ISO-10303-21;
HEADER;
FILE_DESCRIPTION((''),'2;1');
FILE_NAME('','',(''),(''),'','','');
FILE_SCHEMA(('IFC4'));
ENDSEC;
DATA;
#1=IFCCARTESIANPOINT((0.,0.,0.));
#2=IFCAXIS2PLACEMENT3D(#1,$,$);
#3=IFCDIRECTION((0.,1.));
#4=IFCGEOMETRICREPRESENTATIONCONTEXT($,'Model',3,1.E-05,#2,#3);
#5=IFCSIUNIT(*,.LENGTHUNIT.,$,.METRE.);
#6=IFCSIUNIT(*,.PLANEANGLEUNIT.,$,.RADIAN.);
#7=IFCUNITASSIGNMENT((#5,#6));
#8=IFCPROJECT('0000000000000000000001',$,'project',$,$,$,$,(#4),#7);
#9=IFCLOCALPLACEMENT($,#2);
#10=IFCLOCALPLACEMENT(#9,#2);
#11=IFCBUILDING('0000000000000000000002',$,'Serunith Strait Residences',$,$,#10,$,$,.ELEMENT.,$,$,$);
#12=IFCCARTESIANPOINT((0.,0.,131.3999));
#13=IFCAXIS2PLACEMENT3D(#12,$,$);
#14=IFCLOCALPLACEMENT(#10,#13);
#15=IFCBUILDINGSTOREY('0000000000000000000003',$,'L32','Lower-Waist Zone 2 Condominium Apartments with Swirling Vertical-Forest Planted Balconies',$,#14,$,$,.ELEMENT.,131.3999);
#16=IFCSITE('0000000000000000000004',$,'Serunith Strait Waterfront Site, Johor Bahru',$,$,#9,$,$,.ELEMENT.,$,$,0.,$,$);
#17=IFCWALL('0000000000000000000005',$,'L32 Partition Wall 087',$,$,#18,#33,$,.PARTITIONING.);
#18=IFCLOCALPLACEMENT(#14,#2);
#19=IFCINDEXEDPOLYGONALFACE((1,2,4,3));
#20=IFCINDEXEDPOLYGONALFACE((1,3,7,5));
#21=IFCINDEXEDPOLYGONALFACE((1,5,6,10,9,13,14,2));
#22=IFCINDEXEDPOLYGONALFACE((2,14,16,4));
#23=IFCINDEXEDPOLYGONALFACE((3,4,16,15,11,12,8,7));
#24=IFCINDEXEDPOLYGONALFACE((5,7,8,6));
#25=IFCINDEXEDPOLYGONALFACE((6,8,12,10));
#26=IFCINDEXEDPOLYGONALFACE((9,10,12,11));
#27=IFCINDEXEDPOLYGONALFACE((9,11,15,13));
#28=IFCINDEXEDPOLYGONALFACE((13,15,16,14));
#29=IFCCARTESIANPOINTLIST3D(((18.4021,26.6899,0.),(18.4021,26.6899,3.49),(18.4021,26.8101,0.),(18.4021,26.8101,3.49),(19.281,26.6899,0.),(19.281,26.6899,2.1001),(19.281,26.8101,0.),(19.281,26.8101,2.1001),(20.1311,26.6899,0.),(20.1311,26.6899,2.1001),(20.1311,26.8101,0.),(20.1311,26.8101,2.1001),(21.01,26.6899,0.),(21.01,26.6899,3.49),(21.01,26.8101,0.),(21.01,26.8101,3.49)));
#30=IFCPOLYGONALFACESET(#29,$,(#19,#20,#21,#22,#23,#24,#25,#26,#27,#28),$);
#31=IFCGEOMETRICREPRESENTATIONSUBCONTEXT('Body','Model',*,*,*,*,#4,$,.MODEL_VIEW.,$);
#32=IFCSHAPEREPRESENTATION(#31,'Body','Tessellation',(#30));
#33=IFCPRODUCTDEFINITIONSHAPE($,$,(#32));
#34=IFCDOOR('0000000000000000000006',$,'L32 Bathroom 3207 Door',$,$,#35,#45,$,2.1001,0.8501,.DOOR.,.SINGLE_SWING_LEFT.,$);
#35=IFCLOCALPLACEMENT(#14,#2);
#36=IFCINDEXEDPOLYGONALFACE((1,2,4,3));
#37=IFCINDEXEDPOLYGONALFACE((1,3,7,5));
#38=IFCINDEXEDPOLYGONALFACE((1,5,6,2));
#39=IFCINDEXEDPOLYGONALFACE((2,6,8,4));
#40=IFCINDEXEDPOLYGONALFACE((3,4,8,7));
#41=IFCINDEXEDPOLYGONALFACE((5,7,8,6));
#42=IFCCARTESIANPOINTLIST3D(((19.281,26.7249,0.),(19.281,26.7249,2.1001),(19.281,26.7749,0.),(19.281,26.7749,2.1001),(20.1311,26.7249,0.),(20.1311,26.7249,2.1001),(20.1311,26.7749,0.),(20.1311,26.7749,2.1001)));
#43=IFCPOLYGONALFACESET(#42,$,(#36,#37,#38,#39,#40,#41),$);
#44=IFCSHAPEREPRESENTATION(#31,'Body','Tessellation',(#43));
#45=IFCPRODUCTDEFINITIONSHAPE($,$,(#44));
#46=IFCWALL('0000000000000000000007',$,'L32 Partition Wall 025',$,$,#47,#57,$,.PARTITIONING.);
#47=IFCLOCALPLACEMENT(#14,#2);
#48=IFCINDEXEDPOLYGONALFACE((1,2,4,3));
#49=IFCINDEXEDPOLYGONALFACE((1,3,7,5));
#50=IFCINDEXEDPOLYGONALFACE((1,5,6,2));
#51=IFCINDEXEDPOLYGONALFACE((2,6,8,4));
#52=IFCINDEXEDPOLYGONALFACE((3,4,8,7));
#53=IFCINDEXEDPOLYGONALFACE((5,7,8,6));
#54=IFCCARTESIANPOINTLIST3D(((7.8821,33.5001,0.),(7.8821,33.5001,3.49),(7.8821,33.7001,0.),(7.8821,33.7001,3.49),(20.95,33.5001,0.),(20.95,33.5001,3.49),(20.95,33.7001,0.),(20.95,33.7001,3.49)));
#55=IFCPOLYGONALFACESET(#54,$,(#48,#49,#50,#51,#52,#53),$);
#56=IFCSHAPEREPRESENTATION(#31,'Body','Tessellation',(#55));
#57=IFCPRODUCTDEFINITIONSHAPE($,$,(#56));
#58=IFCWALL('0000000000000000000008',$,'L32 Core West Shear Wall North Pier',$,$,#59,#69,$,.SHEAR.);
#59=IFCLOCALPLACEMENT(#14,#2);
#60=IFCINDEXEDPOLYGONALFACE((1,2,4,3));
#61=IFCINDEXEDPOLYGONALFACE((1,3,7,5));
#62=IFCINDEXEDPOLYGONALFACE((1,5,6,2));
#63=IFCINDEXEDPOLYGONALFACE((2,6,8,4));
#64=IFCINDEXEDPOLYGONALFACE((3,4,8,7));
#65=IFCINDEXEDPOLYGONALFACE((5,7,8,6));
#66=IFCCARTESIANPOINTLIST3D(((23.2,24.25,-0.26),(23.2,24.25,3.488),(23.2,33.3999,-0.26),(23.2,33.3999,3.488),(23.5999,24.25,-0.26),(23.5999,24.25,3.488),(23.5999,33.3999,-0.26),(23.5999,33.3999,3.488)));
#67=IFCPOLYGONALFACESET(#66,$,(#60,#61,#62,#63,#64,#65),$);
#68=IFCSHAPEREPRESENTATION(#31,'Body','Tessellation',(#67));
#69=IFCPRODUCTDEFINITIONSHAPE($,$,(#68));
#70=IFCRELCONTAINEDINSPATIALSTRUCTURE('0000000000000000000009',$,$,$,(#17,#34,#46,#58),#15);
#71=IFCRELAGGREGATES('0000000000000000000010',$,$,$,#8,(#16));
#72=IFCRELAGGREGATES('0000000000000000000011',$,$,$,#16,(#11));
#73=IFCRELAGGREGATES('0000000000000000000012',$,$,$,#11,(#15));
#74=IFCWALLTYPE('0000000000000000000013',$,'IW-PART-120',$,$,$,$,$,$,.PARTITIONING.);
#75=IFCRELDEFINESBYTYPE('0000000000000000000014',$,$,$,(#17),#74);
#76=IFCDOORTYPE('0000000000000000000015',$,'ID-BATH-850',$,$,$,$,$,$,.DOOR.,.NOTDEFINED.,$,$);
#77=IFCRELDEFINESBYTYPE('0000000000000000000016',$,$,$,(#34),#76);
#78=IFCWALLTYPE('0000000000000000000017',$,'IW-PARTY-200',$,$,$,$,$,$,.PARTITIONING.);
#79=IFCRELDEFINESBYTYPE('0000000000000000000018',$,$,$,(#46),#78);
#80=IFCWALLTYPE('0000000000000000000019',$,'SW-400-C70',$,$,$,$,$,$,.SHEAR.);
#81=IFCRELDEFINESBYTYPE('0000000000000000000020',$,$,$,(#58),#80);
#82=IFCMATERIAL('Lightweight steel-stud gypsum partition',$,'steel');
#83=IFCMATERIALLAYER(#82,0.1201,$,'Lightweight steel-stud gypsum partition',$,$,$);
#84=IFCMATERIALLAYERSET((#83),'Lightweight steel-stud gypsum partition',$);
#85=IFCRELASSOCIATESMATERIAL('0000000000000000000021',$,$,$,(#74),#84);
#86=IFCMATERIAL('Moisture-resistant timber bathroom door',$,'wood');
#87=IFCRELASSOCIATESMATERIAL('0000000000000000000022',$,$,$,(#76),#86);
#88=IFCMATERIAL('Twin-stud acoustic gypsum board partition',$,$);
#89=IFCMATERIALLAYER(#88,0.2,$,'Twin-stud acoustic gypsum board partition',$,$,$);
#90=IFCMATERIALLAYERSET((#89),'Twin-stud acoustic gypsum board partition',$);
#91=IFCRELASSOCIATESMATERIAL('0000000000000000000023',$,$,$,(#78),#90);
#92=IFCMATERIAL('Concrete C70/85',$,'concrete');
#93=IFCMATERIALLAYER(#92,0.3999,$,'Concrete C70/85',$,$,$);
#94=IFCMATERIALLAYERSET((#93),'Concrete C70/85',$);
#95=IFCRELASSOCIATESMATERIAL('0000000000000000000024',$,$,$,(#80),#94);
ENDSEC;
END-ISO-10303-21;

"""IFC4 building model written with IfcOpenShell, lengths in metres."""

from ifc_helpers import new_model, si_unit, direction, frame, frame_2d, origin, place, context, subcontext, project, spatial, rectangle, extrude, source, transform, mapped, material, layer, layer_set, type_object, element, fill, save


model = new_model("IFC4")

# Units and contexts
model_context = context("Model", 3, precision=1e-05, world=origin(), true_north=direction((0.0, 1.0)))
body_context = subcontext(model_context, "Body", "Model", "MODEL_VIEW")
ifc_project = project(units=[si_unit("LENGTHUNIT", "METRE"), si_unit("PLANEANGLEUNIT", "RADIAN")], contexts=[model_context])

# Site, building, storey
site_placement = place(None, origin())
site = spatial("IfcSite", under=ifc_project, at=site_placement, Name="Serunith Strait Waterfront Site, Johor Bahru", CompositionType="ELEMENT", RefElevation=0.0)
building_placement = place(site_placement, origin())
building = spatial("IfcBuilding", under=site, at=building_placement, Name="Serunith Strait Residences", CompositionType="ELEMENT")
storey_placement = place(building_placement, frame((0.0, 0.0, 131.3999)))
storey = spatial("IfcBuildingStorey", under=building, at=storey_placement, Name="L32", Description="Lower-Waist Zone 2 Condominium Apartments with Swirling Vertical-Forest Planted Balconies", CompositionType="ELEMENT", Elevation=131.3999)

# Wall, opening, door
ifc_material_1 = material(Name="Lightweight steel-stud gypsum partition", Category="steel")
ifc_layer_1 = layer(ifc_material_1, 0.1201, Name="Lightweight steel-stud gypsum partition")
ifc_layer_set_1 = layer_set([ifc_layer_1], Name="Lightweight steel-stud gypsum partition")
wall_type_1 = type_object("IfcWallType", Name="IW-PART-120", PredefinedType="PARTITIONING", material=ifc_layer_set_1)
ifc_material_2 = material(Name="Moisture-resistant timber bathroom door", Category="wood")
door_type_1 = type_object("IfcDoorType", Name="ID-BATH-850", OperationType="NOTDEFINED", PredefinedType="DOOR", material=ifc_material_2)
shared_shape_1 = source(origin(), body_context, "Body", "SweptSolid", [
    extrude(rectangle(XDim=0.8501, YDim=2.1001, at=frame_2d((0.425, 1.05))), frame((0.0, 0.0249, 0.0), z_axis=(0.0, -1.0, 0.0), x_axis=(1.0, 0.0, 0.0)), (0.0, 0.0, 1.0), 0.05),
])
wall_1_placement = place(storey_placement, frame((18.4021, 26.75, 0.0), z_axis=(0.0, 0.0, 1.0), x_axis=(1.0, 0.0, 0.0)))
wall_1 = element("IfcWall", 1, at=wall_1_placement, inside=storey, type_object=wall_type_1, Name="L32 Partition Wall 087", PredefinedType="PARTITIONING", context=body_context, shape_type="SweptSolid", body=[
    extrude(rectangle(XDim=2.6079, YDim=0.1201, at=frame_2d((1.304, 0.0))), origin(), (0.0, 0.0, 1.0), 3.49),
])
opening_1_placement = place(wall_1_placement, frame((0.8789, 0.0, 0.0)))
opening_1 = element("IfcOpeningElement", 2, at=opening_1_placement, cuts=wall_1, PredefinedType="OPENING", context=body_context, shape_type="SweptSolid", body=[
    extrude(rectangle(XDim=0.8501, YDim=2.1001, at=frame_2d((0.425, 1.05))), frame((0.0, 0.0701, 0.0), z_axis=(0.0, -1.0, 0.0), x_axis=(1.0, 0.0, 0.0)), (0.0, 0.0, 1.0), 0.1401),
])
door_1_placement = place(opening_1_placement, origin())
door_1 = element("IfcDoor", 3, at=door_1_placement, inside=storey, type_object=door_type_1, Name="L32 Bathroom 3207 Door", OperationType="SINGLE_SWING_LEFT", OverallHeight=2.1001, OverallWidth=0.8501, PredefinedType="DOOR", context=body_context, shape_type="MappedRepresentation", body=[
    mapped(shared_shape_1, transform((0.0, 0.0, 0.0), scale=1.0)),
])
fill(opening_1, door_1)

# Wall
ifc_material_3 = material(Name="Twin-stud acoustic gypsum board partition")
ifc_layer_2 = layer(ifc_material_3, 0.2, Name="Twin-stud acoustic gypsum board partition")
ifc_layer_set_2 = layer_set([ifc_layer_2], Name="Twin-stud acoustic gypsum board partition")
wall_type_2 = type_object("IfcWallType", Name="IW-PARTY-200", PredefinedType="PARTITIONING", material=ifc_layer_set_2)
wall_2_placement = place(storey_placement, frame((7.8821, 33.6001, 0.0), z_axis=(0.0, 0.0, 1.0), x_axis=(1.0, 0.0, 0.0)))
element("IfcWall", 4, at=wall_2_placement, inside=storey, type_object=wall_type_2, Name="L32 Partition Wall 025", PredefinedType="PARTITIONING", context=body_context, shape_type="SweptSolid", body=[
    extrude(rectangle(XDim=13.0679, YDim=0.2, at=frame_2d((6.5339, 0.0))), origin(), (0.0, 0.0, 1.0), 3.49),
])

# Wall
ifc_material_4 = material(Name="Concrete C70/85", Category="concrete")
ifc_layer_3 = layer(ifc_material_4, 0.3999, Name="Concrete C70/85")
ifc_layer_set_3 = layer_set([ifc_layer_3], Name="Concrete C70/85")
wall_type_3 = type_object("IfcWallType", Name="SW-400-C70", PredefinedType="SHEAR", material=ifc_layer_set_3)
wall_3_placement = place(storey_placement, frame((23.3999, 24.25, -0.26), z_axis=(0.0, 0.0, 1.0), x_axis=(0.0, 1.0, 0.0)))
element("IfcWall", 5, at=wall_3_placement, inside=storey, type_object=wall_type_3, Name="L32 Core West Shear Wall North Pier", PredefinedType="SHEAR", context=body_context, shape_type="SweptSolid", body=[
    extrude(rectangle(XDim=9.1499, YDim=0.3999, at=frame_2d((4.575, 0.0))), origin(), (0.0, 0.0, 1.0), 3.748),
])

save(model, "model.ifc")
